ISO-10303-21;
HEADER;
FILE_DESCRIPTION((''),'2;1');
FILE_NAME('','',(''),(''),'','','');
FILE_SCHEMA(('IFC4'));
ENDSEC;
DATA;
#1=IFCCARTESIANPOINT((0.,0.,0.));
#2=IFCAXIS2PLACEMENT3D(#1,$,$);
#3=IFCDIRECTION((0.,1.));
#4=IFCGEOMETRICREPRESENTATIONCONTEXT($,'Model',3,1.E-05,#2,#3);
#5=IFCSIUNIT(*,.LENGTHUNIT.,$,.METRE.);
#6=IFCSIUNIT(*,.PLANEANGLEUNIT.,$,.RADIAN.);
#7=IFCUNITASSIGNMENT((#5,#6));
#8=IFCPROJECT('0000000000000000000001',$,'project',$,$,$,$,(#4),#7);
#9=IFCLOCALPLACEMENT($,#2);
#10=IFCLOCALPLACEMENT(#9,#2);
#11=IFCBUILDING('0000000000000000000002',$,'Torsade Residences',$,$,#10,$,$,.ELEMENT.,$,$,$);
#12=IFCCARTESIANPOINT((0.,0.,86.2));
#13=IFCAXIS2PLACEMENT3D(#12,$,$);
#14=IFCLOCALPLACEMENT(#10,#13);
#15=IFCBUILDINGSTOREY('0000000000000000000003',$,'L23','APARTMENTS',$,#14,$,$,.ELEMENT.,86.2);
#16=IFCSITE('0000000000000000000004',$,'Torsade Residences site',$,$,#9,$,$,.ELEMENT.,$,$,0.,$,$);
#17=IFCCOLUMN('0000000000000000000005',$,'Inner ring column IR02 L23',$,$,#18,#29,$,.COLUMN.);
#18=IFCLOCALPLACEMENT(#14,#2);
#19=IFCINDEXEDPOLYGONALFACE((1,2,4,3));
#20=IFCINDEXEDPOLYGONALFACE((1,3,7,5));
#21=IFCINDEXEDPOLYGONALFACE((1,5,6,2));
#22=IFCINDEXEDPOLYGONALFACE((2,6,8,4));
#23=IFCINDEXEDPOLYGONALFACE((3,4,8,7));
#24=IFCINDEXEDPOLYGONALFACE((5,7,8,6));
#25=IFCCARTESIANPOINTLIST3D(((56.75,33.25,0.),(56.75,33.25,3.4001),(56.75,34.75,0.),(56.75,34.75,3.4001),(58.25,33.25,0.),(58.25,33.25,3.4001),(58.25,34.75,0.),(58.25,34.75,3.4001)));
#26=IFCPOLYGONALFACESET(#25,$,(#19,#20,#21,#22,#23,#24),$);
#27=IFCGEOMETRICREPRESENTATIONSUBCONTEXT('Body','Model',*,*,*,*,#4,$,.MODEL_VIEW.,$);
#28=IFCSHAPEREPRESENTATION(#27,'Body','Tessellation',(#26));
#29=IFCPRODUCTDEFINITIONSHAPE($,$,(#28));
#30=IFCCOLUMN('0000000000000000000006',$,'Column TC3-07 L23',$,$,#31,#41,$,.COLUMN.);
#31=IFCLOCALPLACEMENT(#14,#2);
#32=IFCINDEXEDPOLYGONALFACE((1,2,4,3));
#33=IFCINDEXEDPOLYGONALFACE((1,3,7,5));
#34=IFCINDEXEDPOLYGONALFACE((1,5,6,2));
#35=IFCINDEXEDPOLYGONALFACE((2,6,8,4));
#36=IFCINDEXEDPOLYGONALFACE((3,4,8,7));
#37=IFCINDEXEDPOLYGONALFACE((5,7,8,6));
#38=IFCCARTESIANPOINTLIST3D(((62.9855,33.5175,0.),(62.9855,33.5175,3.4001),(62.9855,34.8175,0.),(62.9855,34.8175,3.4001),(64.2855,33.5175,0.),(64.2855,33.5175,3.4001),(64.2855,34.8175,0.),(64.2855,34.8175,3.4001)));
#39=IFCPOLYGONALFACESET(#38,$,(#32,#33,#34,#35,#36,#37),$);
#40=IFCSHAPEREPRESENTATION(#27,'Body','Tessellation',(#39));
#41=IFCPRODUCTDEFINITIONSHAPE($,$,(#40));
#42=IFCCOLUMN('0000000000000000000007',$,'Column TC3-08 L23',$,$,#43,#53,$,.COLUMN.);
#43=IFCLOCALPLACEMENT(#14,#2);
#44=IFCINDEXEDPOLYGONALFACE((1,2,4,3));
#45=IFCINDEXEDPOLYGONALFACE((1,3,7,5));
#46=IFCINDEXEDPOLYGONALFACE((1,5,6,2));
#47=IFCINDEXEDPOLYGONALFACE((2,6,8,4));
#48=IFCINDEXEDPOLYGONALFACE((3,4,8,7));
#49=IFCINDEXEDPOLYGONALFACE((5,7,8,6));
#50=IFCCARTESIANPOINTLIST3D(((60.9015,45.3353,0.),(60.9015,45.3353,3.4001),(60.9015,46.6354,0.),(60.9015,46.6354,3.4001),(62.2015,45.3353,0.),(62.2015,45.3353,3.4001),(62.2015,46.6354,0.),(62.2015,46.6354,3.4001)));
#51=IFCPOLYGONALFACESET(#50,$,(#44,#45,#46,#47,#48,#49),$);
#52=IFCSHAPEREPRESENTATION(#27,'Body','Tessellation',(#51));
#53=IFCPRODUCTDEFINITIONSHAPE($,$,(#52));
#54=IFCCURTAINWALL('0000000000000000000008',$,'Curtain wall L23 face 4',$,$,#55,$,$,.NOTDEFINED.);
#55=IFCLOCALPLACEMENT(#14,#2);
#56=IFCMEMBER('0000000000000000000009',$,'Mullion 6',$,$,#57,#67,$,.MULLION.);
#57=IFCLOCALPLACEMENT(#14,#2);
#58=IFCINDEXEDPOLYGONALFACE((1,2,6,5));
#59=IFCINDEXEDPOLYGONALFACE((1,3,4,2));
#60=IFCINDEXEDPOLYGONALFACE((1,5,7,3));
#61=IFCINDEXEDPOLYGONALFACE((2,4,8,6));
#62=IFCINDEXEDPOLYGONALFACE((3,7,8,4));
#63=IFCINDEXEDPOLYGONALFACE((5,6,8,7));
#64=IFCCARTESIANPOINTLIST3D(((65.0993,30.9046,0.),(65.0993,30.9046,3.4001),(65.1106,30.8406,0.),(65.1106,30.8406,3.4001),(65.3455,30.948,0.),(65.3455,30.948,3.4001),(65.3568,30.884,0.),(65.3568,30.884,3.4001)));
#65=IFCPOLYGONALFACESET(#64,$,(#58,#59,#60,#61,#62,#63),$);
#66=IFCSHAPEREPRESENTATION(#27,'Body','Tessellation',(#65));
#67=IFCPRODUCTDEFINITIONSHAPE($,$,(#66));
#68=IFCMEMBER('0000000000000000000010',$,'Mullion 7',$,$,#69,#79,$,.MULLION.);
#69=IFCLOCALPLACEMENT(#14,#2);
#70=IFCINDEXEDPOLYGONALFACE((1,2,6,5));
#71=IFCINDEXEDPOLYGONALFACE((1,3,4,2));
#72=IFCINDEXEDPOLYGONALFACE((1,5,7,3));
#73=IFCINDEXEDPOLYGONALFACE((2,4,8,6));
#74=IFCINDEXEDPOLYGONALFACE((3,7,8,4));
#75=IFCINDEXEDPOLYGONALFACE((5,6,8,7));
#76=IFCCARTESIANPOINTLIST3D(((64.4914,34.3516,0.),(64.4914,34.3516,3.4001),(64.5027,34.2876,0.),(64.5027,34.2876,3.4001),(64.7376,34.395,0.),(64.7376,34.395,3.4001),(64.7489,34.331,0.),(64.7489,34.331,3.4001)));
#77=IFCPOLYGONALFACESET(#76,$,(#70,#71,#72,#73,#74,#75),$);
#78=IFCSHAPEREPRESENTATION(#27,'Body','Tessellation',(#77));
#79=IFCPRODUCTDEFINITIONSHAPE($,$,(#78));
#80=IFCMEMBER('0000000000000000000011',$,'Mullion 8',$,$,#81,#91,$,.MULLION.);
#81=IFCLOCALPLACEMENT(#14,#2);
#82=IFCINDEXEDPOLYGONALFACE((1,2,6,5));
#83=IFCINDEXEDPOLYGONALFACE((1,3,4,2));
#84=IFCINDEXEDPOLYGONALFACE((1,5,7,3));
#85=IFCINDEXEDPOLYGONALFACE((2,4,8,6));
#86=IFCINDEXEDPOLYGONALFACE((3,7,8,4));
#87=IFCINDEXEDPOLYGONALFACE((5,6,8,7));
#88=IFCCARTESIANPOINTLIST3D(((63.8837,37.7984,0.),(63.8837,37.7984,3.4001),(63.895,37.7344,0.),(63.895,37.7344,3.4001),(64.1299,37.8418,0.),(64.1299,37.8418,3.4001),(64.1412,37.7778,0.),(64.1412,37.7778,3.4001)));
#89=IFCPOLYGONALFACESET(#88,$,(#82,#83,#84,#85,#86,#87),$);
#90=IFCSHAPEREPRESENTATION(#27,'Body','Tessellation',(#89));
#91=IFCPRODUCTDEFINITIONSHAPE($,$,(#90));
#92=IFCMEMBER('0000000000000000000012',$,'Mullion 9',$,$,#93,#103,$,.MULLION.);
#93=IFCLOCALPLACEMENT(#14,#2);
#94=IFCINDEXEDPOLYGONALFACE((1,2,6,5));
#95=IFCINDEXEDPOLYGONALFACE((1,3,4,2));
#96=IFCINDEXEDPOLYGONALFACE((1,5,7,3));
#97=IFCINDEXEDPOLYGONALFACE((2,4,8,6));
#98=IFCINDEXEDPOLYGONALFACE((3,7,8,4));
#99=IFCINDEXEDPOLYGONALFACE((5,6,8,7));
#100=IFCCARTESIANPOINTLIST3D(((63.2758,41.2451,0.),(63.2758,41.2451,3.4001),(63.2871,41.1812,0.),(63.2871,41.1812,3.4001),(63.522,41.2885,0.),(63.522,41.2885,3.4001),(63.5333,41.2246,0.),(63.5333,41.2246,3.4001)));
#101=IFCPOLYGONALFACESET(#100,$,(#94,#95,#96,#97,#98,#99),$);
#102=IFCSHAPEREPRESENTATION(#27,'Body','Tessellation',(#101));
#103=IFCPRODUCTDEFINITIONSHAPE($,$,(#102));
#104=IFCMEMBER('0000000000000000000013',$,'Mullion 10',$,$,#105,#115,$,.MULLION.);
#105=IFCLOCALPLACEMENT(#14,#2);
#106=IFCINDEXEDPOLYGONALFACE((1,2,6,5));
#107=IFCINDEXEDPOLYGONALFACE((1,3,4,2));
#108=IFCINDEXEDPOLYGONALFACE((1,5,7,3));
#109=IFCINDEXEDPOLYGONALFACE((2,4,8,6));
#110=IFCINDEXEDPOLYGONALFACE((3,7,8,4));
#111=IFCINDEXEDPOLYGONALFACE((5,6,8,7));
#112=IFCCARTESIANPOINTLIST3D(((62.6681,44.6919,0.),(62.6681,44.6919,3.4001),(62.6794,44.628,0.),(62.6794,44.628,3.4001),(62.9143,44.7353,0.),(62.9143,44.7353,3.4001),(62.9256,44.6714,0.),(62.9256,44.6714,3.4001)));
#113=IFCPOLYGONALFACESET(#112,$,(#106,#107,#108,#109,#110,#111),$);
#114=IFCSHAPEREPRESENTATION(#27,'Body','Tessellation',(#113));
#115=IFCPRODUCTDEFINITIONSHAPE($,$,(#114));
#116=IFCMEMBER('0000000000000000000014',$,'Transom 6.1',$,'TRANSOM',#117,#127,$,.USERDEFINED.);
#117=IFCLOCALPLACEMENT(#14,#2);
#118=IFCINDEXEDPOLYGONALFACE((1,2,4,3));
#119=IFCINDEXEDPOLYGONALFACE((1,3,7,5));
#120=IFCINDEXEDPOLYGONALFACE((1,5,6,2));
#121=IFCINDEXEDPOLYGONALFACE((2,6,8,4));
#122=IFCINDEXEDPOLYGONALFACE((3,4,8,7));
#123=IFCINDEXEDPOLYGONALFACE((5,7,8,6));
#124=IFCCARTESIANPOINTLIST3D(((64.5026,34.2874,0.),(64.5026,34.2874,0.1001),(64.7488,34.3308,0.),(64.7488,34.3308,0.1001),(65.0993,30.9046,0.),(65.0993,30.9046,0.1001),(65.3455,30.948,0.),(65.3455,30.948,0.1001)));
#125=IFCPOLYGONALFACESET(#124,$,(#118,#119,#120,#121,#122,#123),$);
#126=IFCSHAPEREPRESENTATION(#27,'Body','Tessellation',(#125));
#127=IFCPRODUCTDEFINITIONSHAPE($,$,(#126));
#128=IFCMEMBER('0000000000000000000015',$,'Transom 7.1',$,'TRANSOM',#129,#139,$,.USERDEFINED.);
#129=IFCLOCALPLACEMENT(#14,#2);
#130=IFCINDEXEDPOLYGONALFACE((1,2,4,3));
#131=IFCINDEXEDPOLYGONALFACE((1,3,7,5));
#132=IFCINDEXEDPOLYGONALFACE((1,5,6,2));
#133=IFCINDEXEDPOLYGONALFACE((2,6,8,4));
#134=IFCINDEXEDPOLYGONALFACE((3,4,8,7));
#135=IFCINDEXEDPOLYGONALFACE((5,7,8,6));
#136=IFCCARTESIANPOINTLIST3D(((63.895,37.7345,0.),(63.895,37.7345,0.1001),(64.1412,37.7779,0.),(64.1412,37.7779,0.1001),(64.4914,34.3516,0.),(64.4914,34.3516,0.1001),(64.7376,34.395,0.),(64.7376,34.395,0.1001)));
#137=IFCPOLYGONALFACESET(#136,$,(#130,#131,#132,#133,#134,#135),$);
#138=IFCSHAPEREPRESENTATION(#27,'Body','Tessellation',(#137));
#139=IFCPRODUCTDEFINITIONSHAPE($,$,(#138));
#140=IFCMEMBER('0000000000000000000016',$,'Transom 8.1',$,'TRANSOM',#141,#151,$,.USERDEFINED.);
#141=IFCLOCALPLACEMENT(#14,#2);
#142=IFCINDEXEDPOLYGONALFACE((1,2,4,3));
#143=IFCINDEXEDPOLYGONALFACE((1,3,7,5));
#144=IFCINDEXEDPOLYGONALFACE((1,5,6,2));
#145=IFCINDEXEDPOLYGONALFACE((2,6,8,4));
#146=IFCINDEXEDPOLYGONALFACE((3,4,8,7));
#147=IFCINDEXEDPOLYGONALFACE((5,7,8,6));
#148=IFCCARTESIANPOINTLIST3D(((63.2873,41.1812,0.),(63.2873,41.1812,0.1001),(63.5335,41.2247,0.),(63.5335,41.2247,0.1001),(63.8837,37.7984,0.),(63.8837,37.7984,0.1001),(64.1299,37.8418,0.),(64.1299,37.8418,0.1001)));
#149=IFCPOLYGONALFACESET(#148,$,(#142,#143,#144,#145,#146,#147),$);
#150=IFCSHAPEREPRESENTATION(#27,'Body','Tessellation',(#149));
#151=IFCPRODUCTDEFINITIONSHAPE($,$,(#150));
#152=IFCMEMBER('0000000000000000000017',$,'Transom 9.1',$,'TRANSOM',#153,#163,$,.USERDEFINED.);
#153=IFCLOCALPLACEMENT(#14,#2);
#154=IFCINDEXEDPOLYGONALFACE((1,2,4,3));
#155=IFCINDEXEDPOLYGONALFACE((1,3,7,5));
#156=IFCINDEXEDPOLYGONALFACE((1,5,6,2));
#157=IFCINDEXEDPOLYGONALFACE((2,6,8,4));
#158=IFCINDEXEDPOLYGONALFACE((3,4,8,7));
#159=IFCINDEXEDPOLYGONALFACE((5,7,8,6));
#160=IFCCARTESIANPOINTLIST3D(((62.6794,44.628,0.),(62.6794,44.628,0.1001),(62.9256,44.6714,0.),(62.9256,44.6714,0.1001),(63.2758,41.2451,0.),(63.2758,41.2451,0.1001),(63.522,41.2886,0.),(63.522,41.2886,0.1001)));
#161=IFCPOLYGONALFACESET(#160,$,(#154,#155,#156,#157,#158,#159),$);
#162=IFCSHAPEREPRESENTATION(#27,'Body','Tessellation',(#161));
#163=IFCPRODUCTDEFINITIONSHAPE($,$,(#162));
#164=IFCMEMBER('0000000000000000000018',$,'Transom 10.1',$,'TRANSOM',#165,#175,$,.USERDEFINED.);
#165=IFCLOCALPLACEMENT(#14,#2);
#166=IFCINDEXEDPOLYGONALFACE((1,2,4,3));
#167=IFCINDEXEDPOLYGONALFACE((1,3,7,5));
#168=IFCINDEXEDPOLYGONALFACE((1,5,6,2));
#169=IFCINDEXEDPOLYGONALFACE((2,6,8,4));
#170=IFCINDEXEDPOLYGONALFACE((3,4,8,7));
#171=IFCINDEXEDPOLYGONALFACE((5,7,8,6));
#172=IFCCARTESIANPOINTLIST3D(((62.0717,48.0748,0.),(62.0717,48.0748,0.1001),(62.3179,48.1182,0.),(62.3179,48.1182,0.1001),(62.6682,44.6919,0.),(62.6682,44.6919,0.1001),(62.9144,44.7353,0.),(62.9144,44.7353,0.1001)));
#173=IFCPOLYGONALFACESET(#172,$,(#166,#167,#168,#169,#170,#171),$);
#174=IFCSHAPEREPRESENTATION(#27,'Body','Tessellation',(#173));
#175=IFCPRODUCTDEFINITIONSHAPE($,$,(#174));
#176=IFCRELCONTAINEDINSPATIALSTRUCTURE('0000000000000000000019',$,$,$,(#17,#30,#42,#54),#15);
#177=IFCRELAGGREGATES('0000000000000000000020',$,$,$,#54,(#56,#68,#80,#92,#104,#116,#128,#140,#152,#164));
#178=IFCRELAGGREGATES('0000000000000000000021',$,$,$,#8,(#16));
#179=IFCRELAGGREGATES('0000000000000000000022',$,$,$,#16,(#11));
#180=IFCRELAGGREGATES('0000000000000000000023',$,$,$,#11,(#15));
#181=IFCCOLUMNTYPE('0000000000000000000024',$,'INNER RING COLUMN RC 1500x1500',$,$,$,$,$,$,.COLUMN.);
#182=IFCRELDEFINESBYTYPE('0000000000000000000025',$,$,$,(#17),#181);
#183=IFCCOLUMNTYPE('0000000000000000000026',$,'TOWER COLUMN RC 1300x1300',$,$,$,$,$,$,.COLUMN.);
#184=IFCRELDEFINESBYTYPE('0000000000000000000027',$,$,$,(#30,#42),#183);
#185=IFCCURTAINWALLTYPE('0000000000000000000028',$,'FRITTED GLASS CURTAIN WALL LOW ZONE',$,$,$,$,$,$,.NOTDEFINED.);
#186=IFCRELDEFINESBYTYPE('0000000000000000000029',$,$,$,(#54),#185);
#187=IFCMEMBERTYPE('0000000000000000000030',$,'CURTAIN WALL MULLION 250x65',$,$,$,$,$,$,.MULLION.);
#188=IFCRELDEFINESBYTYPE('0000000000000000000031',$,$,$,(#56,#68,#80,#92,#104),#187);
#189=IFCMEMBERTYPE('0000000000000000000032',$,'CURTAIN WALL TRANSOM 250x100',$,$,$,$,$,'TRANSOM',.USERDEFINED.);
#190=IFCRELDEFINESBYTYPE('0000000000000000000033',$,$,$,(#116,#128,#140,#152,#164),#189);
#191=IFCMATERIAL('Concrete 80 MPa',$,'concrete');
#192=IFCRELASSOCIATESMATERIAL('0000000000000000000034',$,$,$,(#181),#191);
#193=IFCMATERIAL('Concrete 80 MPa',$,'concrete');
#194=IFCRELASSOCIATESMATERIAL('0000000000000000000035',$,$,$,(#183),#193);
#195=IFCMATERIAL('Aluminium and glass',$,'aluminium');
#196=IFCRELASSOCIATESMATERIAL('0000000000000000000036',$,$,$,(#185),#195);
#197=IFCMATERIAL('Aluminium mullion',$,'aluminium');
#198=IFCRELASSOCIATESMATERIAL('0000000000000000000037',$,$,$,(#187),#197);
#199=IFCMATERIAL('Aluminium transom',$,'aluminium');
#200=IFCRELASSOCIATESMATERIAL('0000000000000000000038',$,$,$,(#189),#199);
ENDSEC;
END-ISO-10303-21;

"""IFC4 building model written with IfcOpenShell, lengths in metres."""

from ifc_helpers import new_model, si_unit, direction, frame, origin, origin_2d, place, context, subcontext, project, spatial, rectangle, extrude, material, material_profile, profile_set, type_object, element, aggregate, save


model = new_model("IFC4")

# Units and contexts
model_context = context("Model", 3, precision=1e-05, world=origin(), true_north=direction((0.0, 1.0)))
body_context = subcontext(model_context, "Body", "Model", "MODEL_VIEW")
ifc_project = project(units=[si_unit("LENGTHUNIT", "METRE"), si_unit("PLANEANGLEUNIT", "RADIAN")], contexts=[model_context])

# Site, building, storey
site_placement = place(None, origin())
site = spatial("IfcSite", under=ifc_project, at=site_placement, Name="Torsade Residences site", CompositionType="ELEMENT", RefElevation=0.0)
building_placement = place(site_placement, origin())
building = spatial("IfcBuilding", under=site, at=building_placement, Name="Torsade Residences", CompositionType="ELEMENT")
storey_placement = place(building_placement, frame((0.0, 0.0, 86.2)))
storey = spatial("IfcBuildingStorey", under=building, at=storey_placement, Name="L23", Description="APARTMENTS", CompositionType="ELEMENT", Elevation=86.2)

# Columns
ifc_material_1 = material(Name="Concrete 80 MPa", Category="concrete")
ifc_material_profile_1 = material_profile(ifc_material_1, rectangle(XDim=1.5, YDim=1.5, at=origin_2d()), Name="RC 1500x1500")
ifc_profile_set_1 = profile_set([ifc_material_profile_1], Name="Concrete 80 MPa")
column_type_1 = type_object("IfcColumnType", Name="INNER RING COLUMN RC 1500x1500", PredefinedType="COLUMN", material=ifc_profile_set_1)
column_placement = place(storey_placement, frame((57.5, 34.0, 0.0), z_axis=(0.0, 0.0, 1.0), x_axis=(1.0, 0.0, 0.0)))
element("IfcColumn", 1, at=column_placement, inside=storey, type_object=column_type_1, Name="Inner ring column IR02 L23", PredefinedType="COLUMN", context=body_context, shape_type="SweptSolid", body=[
    extrude(rectangle(XDim=1.5, YDim=1.5, at=origin_2d()), origin(), (0.0, 0.0, 1.0), 3.4001),
])
ifc_material_2 = material(Name="Concrete 80 MPa", Category="concrete")
ifc_material_profile_2 = material_profile(ifc_material_2, rectangle(XDim=1.3, YDim=1.3, at=origin_2d()), Name="RC 1300x1300")
ifc_profile_set_2 = profile_set([ifc_material_profile_2], Name="Concrete 80 MPa")
column_type_2 = type_object("IfcColumnType", Name="TOWER COLUMN RC 1300x1300", PredefinedType="COLUMN", material=ifc_profile_set_2)
for number, where, z_axis, x_axis, name in (
    (2, (63.6355, 34.1675, 0.0), (0.0, 0.0, 1.0), (1.0, 0.0, 0.0), "Column TC3-07 L23"),
    (3, (61.5515, 45.9854, 0.0), (0.0, 0.0, 1.0), (1.0, 0.0, 0.0), "Column TC3-08 L23"),
):
    element("IfcColumn", number, at=place(storey_placement, frame(where, z_axis=z_axis, x_axis=x_axis)), inside=storey, type_object=column_type_2, Name=name, PredefinedType="COLUMN", context=body_context, shape_type="SweptSolid", body=[
        extrude(rectangle(XDim=1.3, YDim=1.3, at=origin_2d()), origin(), (0.0, 0.0, 1.0), 3.4001),
    ])

# Curtain wall, members
ifc_material_3 = material(Name="Aluminium and glass", Category="aluminium")
curtain_wall_type = type_object("IfcCurtainWallType", Name="FRITTED GLASS CURTAIN WALL LOW ZONE", PredefinedType="NOTDEFINED", material=ifc_material_3)
curtain_wall_placement = place(storey_placement, origin())
curtain_wall = element("IfcCurtainWall", 4, at=curtain_wall_placement, inside=storey, type_object=curtain_wall_type, Name="Curtain wall L23 face 4", PredefinedType="NOTDEFINED")
ifc_material_4 = material(Name="Aluminium mullion", Category="aluminium")
ifc_material_profile_3 = material_profile(ifc_material_4, rectangle(XDim=0.25, YDim=0.0649, at=origin_2d()), Name="CURTAIN WALL MULLION 250x65")
ifc_profile_set_3 = profile_set([ifc_material_profile_3], Name="Aluminium mullion")
member_type_1 = type_object("IfcMemberType", Name="CURTAIN WALL MULLION 250x65", PredefinedType="MULLION", material=ifc_profile_set_3)
member_1_placement = place(storey_placement, frame((65.228, 30.8943, 0.0), z_axis=(0.0, 0.0, 1.0), x_axis=(-0.984808, -0.173648, 0.0)))
member_1 = element("IfcMember", 5, at=member_1_placement, type_object=member_type_1, Name="Mullion 6", PredefinedType="MULLION", context=body_context, shape_type="SweptSolid", body=[
    extrude(rectangle(XDim=0.25, YDim=0.0649, at=origin_2d()), origin(), (0.0, 0.0, 1.0), 3.4001),
])
member_2_placement = place(storey_placement, frame((64.6201, 34.3413, 0.0), z_axis=(0.0, 0.0, 1.0), x_axis=(-0.984808, -0.173648, 0.0)))
member_2 = element("IfcMember", 6, at=member_2_placement, type_object=member_type_1, Name="Mullion 7", PredefinedType="MULLION", context=body_context, shape_type="SweptSolid", body=[
    extrude(rectangle(XDim=0.25, YDim=0.0649, at=origin_2d()), origin(), (0.0, 0.0, 1.0), 3.4001),
])
member_3_placement = place(storey_placement, frame((64.0125, 37.7881, 0.0), z_axis=(0.0, 0.0, 1.0), x_axis=(-0.984808, -0.173648, 0.0)))
member_3 = element("IfcMember", 7, at=member_3_placement, type_object=member_type_1, Name="Mullion 8", PredefinedType="MULLION", context=body_context, shape_type="SweptSolid", body=[
    extrude(rectangle(XDim=0.25, YDim=0.0649, at=origin_2d()), origin(), (0.0, 0.0, 1.0), 3.4001),
])
member_4_placement = place(storey_placement, frame((63.4045, 41.2349, 0.0), z_axis=(0.0, 0.0, 1.0), x_axis=(-0.984808, -0.173648, 0.0)))
member_4 = element("IfcMember", 8, at=member_4_placement, type_object=member_type_1, Name="Mullion 9", PredefinedType="MULLION", context=body_context, shape_type="SweptSolid", body=[
    extrude(rectangle(XDim=0.25, YDim=0.0649, at=origin_2d()), origin(), (0.0, 0.0, 1.0), 3.4001),
])
member_5_placement = place(storey_placement, frame((62.7969, 44.6816, 0.0), z_axis=(0.0, 0.0, 1.0), x_axis=(-0.984808, -0.173648, 0.0)))
member_5 = element("IfcMember", 9, at=member_5_placement, type_object=member_type_1, Name="Mullion 10", PredefinedType="MULLION", context=body_context, shape_type="SweptSolid", body=[
    extrude(rectangle(XDim=0.25, YDim=0.0649, at=origin_2d()), origin(), (0.0, 0.0, 1.0), 3.4001),
])
ifc_material_5 = material(Name="Aluminium transom", Category="aluminium")
ifc_material_profile_4 = material_profile(ifc_material_5, rectangle(XDim=0.25, YDim=0.1001, at=origin_2d()), Name="CURTAIN WALL TRANSOM 250x100")
ifc_profile_set_4 = profile_set([ifc_material_profile_4], Name="Aluminium transom")
member_type_2 = type_object("IfcMemberType", Name="CURTAIN WALL TRANSOM 250x100", ElementType="TRANSOM", PredefinedType="USERDEFINED", material=ifc_profile_set_4)
member_6_placement = place(storey_placement, frame((65.2224, 30.9263, 0.05), z_axis=(-0.173704, 0.984798, 0.0), x_axis=(-0.984798, -0.173704, 0.0)))
member_6 = element("IfcMember", 10, at=member_6_placement, type_object=member_type_2, Name="Transom 6.1", ObjectType="TRANSOM", PredefinedType="USERDEFINED", context=body_context, shape_type="SweptSolid", body=[
    extrude(rectangle(XDim=0.25, YDim=0.1001, at=origin_2d()), origin(), (0.0, 0.0, 1.0), 3.4351),
])
member_7_placement = place(storey_placement, frame((64.6145, 34.3733, 0.05), z_axis=(-0.173635, 0.98481, 0.0), x_axis=(-0.98481, -0.173635, 0.0)))
member_7 = element("IfcMember", 11, at=member_7_placement, type_object=member_type_2, Name="Transom 7.1", ObjectType="TRANSOM", PredefinedType="USERDEFINED", context=body_context, shape_type="SweptSolid", body=[
    extrude(rectangle(XDim=0.25, YDim=0.1001, at=origin_2d()), origin(), (0.0, 0.0, 1.0), 3.4351),
])
member_8_placement = place(storey_placement, frame((64.0068, 37.8201, 0.05), z_axis=(-0.173635, 0.98481, 0.0), x_axis=(-0.98481, -0.173635, 0.0)))
member_8 = element("IfcMember", 12, at=member_8_placement, type_object=member_type_2, Name="Transom 8.1", ObjectType="TRANSOM", PredefinedType="USERDEFINED", context=body_context, shape_type="SweptSolid", body=[
    extrude(rectangle(XDim=0.25, YDim=0.1001, at=origin_2d()), origin(), (0.0, 0.0, 1.0), 3.4351),
])
member_9_placement = place(storey_placement, frame((63.3989, 41.2668, 0.05), z_axis=(-0.173635, 0.98481, 0.0), x_axis=(-0.98481, -0.173635, 0.0)))
member_9 = element("IfcMember", 13, at=member_9_placement, type_object=member_type_2, Name="Transom 9.1", ObjectType="TRANSOM", PredefinedType="USERDEFINED", context=body_context, shape_type="SweptSolid", body=[
    extrude(rectangle(XDim=0.25, YDim=0.1001, at=origin_2d()), origin(), (0.0, 0.0, 1.0), 3.4351),
])
member_10_placement = place(storey_placement, frame((62.7913, 44.7136, 0.05), z_axis=(-0.173635, 0.98481, 0.0), x_axis=(-0.98481, -0.173635, 0.0)))
member_10 = element("IfcMember", 14, at=member_10_placement, type_object=member_type_2, Name="Transom 10.1", ObjectType="TRANSOM", PredefinedType="USERDEFINED", context=body_context, shape_type="SweptSolid", body=[
    extrude(rectangle(XDim=0.25, YDim=0.1001, at=origin_2d()), origin(), (0.0, 0.0, 1.0), 3.4351),
])

aggregate(curtain_wall, [member_1, member_2, member_3, member_4, member_5, member_6, member_7, member_8, member_9, member_10])

save(model, "model.ifc")
